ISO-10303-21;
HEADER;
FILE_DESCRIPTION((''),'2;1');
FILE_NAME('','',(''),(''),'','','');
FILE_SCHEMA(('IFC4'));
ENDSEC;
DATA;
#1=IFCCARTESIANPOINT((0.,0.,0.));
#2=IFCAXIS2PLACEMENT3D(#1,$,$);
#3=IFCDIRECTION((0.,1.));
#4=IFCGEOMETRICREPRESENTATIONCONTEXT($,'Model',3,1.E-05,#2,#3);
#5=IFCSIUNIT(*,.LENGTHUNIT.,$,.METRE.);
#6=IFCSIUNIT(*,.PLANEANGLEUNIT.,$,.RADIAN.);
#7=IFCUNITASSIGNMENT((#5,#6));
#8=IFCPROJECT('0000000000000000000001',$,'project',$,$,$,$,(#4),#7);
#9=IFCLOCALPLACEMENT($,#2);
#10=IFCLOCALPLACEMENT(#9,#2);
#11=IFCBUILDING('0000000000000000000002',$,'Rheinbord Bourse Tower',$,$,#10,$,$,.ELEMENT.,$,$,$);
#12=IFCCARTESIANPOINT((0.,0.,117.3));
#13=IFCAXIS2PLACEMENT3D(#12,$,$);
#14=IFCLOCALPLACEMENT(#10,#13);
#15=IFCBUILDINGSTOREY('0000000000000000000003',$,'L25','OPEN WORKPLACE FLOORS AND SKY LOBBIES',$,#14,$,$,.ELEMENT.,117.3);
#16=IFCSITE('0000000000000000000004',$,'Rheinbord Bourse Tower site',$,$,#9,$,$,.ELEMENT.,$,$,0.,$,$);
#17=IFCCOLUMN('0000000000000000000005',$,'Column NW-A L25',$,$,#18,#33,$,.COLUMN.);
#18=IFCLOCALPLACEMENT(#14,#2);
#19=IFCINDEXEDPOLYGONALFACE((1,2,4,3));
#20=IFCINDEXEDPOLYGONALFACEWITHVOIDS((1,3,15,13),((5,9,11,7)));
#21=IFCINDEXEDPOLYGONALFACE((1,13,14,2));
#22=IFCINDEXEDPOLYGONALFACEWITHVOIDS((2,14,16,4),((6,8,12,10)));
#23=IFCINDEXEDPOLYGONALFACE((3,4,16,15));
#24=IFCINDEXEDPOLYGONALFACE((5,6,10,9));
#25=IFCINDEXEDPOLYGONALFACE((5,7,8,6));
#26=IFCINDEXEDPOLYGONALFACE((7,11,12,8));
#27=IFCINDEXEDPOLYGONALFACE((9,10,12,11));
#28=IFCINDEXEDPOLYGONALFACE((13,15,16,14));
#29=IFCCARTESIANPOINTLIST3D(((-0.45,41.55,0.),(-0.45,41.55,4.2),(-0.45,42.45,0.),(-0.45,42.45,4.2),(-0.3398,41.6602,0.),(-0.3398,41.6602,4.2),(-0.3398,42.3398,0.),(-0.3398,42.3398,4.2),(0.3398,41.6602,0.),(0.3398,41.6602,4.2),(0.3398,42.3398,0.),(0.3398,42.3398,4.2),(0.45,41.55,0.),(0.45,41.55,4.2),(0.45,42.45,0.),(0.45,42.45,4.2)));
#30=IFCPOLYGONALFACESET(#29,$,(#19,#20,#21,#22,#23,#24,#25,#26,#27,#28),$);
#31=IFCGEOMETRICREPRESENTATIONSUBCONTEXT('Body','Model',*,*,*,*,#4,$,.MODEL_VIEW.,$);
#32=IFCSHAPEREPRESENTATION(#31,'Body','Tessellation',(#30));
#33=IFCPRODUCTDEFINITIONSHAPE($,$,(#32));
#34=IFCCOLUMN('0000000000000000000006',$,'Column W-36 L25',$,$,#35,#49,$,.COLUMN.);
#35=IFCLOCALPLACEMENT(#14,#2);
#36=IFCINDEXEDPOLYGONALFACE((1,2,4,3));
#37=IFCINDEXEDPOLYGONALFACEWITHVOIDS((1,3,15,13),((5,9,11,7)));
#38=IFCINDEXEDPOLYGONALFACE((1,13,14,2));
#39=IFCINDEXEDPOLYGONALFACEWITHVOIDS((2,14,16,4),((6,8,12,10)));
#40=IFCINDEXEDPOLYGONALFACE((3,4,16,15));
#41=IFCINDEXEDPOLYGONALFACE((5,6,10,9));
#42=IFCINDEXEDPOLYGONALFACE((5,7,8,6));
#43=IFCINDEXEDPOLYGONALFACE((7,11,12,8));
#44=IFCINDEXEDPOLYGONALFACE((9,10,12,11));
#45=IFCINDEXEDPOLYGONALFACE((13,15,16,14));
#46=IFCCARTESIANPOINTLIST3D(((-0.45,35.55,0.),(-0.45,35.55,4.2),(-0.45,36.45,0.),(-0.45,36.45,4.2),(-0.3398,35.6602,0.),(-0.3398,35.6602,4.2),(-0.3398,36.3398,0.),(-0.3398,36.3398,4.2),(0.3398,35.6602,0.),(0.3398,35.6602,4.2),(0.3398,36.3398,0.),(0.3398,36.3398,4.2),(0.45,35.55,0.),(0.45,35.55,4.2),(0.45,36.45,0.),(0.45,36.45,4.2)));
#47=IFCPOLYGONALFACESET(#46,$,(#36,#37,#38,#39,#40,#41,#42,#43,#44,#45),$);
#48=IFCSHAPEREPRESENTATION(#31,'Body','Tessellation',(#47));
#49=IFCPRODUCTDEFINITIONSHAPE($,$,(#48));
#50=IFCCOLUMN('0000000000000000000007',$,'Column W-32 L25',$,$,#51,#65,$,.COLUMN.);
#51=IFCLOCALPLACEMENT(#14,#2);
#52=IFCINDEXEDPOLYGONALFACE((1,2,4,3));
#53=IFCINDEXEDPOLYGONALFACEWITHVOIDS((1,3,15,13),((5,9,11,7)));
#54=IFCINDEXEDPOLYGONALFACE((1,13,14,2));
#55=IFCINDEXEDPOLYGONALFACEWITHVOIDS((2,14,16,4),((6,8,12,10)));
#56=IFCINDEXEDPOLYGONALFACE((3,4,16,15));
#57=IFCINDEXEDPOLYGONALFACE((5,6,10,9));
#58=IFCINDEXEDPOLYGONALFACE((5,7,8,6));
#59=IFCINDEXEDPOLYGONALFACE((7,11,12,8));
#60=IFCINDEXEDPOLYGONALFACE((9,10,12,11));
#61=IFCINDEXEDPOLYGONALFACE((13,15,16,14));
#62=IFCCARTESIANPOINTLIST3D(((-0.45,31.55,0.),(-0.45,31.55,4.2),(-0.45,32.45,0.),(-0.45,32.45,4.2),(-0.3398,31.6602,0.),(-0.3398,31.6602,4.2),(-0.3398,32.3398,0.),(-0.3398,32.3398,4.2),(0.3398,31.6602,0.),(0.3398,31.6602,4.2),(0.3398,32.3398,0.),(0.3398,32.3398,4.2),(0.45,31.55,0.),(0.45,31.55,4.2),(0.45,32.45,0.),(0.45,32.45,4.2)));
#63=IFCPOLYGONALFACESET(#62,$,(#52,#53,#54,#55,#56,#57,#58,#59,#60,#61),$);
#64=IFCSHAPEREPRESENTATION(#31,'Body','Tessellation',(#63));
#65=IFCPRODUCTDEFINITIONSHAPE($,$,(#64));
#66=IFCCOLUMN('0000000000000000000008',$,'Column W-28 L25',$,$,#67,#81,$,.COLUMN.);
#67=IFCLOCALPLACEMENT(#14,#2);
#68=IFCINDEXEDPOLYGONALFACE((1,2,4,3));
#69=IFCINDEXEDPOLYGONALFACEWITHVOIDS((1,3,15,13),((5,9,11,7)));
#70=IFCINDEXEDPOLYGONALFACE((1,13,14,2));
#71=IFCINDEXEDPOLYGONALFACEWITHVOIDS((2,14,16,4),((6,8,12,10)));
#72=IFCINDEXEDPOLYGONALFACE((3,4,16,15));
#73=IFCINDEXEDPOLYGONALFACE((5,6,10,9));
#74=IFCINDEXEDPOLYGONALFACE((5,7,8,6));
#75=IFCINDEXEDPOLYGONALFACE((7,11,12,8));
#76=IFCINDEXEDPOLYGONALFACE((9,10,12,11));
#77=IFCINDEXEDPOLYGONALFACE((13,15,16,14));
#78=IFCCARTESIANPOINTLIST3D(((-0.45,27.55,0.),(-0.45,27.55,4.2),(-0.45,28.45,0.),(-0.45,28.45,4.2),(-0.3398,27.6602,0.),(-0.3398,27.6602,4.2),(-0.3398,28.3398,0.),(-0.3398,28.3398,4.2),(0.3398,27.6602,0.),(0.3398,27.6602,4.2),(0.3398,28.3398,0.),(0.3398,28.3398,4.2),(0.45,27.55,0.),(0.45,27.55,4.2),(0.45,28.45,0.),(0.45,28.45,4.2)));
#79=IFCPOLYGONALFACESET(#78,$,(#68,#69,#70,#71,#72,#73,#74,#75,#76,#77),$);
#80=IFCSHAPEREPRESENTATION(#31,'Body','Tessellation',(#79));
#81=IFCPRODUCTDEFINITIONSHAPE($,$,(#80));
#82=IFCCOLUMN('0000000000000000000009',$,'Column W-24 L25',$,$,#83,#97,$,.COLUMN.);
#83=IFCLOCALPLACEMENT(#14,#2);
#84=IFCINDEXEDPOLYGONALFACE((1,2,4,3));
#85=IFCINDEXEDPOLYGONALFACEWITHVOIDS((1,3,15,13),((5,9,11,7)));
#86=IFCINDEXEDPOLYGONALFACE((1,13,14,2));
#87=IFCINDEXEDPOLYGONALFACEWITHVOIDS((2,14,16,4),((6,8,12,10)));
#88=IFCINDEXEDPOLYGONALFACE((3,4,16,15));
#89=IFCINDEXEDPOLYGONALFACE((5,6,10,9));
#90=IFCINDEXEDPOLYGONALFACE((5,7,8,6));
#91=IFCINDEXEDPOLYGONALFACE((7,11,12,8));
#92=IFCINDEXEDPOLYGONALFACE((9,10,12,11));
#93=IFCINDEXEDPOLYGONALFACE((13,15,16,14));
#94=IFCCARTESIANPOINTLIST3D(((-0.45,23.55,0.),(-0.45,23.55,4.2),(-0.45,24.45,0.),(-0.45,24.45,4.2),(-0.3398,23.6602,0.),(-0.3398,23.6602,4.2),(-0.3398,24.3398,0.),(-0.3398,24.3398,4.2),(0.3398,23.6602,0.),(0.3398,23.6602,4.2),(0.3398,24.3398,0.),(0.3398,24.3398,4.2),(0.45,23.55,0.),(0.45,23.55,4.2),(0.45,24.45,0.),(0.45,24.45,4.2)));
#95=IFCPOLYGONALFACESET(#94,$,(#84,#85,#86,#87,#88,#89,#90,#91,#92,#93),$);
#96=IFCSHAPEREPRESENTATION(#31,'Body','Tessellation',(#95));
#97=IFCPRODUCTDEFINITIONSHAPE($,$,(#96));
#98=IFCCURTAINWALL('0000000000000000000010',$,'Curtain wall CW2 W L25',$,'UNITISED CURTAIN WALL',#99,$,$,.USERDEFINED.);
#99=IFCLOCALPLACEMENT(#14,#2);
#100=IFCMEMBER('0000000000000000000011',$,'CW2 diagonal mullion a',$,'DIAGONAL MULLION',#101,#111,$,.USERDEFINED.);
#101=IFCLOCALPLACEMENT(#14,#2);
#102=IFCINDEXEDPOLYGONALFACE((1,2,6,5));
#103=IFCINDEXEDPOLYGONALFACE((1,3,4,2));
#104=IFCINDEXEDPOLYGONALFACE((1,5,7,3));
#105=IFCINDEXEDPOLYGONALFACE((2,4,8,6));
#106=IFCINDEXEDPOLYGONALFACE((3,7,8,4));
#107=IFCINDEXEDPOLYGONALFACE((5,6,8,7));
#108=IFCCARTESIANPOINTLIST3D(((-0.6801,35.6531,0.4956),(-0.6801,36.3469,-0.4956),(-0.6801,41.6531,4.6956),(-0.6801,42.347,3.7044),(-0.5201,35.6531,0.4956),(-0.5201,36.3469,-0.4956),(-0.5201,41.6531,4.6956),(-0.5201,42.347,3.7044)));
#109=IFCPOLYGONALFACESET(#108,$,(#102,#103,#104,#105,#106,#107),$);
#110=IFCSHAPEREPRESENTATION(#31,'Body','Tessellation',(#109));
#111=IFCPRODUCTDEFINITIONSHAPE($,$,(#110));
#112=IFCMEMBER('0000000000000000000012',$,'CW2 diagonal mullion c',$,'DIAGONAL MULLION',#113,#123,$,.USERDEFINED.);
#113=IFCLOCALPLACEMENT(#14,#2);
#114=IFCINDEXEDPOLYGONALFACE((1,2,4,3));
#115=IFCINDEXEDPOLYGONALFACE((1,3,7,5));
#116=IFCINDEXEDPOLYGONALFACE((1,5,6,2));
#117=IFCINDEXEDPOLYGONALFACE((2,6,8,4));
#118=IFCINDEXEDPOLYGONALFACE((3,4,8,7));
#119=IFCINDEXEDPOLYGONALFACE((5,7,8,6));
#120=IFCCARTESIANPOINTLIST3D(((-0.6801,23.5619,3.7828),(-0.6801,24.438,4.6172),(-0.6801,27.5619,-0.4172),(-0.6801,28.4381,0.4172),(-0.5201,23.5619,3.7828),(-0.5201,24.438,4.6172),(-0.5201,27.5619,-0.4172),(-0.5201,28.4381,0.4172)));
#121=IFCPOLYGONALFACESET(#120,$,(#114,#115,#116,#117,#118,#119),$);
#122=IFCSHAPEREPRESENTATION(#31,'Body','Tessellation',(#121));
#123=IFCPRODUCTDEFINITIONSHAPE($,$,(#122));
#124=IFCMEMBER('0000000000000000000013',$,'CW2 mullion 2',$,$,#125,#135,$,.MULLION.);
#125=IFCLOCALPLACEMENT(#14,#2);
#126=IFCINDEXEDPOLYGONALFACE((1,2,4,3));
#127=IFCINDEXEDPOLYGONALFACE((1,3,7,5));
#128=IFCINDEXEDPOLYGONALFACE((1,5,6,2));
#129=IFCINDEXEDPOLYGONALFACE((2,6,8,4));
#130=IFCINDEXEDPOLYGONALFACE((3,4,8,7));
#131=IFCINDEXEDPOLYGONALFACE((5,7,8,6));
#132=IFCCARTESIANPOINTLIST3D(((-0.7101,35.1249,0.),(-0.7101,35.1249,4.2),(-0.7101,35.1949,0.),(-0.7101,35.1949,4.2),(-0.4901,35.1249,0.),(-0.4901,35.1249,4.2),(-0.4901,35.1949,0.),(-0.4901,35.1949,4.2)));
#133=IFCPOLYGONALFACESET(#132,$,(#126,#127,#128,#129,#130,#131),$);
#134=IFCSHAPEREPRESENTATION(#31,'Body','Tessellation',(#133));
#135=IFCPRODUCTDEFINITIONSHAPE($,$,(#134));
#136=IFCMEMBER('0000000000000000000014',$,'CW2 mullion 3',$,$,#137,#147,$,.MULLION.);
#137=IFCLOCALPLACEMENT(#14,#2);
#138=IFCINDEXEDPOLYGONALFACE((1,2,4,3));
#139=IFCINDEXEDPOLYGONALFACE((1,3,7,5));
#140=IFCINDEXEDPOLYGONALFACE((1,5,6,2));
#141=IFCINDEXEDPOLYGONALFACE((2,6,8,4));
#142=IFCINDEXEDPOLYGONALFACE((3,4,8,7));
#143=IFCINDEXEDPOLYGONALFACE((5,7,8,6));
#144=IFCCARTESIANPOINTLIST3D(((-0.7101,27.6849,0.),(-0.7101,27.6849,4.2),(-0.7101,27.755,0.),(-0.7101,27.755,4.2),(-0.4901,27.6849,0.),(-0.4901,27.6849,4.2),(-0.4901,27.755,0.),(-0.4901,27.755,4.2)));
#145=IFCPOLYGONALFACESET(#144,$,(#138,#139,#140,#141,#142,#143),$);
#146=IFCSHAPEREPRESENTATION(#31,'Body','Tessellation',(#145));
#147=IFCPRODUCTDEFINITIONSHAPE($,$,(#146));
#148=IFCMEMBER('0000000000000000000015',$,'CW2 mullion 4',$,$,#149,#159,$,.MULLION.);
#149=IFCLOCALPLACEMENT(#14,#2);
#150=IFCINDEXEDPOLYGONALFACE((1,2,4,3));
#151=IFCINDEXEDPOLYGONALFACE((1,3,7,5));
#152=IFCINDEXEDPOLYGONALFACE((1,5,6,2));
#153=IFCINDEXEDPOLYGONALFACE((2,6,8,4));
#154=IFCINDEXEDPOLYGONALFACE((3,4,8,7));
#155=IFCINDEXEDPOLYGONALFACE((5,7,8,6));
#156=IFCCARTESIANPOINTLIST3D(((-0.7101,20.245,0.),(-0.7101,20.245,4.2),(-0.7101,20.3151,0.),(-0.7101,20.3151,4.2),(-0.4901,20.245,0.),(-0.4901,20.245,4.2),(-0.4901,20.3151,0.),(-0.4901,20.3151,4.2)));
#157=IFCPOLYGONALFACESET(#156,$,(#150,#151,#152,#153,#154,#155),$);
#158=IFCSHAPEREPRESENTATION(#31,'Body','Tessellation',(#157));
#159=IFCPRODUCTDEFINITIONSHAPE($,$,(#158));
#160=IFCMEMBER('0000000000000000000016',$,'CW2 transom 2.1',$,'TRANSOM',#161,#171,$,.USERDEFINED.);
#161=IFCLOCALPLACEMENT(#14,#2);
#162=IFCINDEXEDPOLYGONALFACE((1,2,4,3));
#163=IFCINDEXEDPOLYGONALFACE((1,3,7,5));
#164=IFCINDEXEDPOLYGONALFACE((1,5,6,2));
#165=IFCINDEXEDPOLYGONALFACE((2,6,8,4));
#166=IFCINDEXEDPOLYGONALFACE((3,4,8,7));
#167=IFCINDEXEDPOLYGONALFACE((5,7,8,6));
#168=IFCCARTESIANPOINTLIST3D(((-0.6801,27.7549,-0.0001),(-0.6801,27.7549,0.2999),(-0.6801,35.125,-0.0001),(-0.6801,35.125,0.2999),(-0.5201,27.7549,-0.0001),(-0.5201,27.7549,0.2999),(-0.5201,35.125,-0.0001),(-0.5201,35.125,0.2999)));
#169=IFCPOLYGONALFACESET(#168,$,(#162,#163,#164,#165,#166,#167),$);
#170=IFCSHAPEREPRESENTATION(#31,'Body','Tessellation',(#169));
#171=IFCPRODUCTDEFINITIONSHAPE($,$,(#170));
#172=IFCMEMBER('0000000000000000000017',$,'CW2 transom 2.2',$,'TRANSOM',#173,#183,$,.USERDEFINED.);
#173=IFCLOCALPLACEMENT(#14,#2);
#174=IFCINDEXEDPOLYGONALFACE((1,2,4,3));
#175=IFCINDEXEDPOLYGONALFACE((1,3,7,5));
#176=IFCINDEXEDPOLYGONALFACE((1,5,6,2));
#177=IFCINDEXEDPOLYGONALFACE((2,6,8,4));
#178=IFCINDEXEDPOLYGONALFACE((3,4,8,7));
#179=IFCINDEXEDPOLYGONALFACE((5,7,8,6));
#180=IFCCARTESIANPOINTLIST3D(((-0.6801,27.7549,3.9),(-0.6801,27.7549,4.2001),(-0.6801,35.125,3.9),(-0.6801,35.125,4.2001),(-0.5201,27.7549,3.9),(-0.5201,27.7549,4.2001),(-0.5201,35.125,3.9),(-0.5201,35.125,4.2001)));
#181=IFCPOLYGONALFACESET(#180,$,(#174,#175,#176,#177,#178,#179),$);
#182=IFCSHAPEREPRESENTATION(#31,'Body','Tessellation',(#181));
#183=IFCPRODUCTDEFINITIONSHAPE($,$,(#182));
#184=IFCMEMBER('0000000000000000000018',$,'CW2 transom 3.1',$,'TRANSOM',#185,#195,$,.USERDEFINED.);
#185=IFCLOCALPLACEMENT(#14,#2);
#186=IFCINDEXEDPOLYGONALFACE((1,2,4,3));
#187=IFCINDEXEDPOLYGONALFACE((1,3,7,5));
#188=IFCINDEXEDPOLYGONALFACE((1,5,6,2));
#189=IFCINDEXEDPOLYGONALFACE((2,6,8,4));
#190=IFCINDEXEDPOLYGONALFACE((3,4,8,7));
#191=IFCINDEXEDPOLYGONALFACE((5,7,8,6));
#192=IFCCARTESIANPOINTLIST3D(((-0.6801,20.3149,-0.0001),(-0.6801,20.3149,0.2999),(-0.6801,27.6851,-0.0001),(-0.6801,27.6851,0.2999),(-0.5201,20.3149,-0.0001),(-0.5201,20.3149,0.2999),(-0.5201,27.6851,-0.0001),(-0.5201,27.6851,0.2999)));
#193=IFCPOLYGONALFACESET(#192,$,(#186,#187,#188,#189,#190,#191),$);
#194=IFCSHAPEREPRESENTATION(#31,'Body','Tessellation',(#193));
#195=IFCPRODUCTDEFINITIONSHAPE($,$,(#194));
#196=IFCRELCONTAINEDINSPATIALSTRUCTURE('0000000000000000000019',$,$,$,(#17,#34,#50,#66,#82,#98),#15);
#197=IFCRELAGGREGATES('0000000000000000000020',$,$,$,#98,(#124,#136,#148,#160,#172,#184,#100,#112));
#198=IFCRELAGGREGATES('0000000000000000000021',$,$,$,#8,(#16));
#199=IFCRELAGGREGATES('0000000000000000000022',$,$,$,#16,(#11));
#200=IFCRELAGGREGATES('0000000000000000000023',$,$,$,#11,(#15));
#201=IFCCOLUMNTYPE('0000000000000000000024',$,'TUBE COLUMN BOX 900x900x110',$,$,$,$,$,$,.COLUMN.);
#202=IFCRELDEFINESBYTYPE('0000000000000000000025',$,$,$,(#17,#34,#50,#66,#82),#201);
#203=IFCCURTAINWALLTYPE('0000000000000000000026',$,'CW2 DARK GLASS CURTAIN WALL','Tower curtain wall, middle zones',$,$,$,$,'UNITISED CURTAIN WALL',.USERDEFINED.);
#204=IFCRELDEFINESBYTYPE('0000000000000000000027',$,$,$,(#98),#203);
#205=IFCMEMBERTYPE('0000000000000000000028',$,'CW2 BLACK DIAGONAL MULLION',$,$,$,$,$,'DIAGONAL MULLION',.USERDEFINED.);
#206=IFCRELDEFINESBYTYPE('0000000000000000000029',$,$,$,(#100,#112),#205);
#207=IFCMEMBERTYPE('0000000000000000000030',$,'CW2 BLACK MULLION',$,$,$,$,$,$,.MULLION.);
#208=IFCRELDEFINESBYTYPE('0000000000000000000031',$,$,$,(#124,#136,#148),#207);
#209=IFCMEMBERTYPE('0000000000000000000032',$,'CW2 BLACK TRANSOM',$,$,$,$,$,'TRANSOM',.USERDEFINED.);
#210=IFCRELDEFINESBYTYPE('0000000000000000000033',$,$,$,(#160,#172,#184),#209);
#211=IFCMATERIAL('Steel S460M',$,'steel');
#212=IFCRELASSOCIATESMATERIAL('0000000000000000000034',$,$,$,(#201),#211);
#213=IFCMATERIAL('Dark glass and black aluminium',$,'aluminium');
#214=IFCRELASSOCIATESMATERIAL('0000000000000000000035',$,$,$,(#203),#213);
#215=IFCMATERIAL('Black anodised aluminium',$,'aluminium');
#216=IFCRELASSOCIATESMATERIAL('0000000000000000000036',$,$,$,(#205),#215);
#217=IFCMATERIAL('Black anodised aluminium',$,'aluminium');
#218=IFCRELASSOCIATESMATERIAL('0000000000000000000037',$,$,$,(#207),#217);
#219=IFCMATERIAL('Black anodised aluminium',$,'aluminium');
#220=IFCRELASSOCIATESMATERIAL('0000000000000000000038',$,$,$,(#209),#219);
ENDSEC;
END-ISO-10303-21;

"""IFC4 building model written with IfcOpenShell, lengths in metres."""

from ifc_helpers import new_model, si_unit, direction, frame, origin, origin_2d, place, context, subcontext, project, spatial, rectangle, hollow_rectangle, extrude, material, material_profile, profile_set, type_object, element, aggregate, save


model = new_model("IFC4")

# Units and contexts
model_context = context("Model", 3, precision=1e-05, world=origin(), true_north=direction((0.0, 1.0)))
body_context = subcontext(model_context, "Body", "Model", "MODEL_VIEW")
ifc_project = project(units=[si_unit("LENGTHUNIT", "METRE"), si_unit("PLANEANGLEUNIT", "RADIAN")], contexts=[model_context])

# Site, building, storey
site_placement = place(None, origin())
site = spatial("IfcSite", under=ifc_project, at=site_placement, Name="Rheinbord Bourse Tower site", CompositionType="ELEMENT", RefElevation=0.0)
building_placement = place(site_placement, origin())
building = spatial("IfcBuilding", under=site, at=building_placement, Name="Rheinbord Bourse Tower", CompositionType="ELEMENT")
storey_placement = place(building_placement, frame((0.0, 0.0, 117.3)))
storey = spatial("IfcBuildingStorey", under=building, at=storey_placement, Name="L25", Description="OPEN WORKPLACE FLOORS AND SKY LOBBIES", CompositionType="ELEMENT", Elevation=117.3)

# Columns
ifc_material_1 = material(Name="Steel S460M", Category="steel")
ifc_material_profile_1 = material_profile(ifc_material_1, hollow_rectangle(XDim=0.8999, YDim=0.8999, WallThickness=0.1101, at=origin_2d()), Name="BOX 900x900x110")
ifc_profile_set_1 = profile_set([ifc_material_profile_1], Name="Steel S460M")
column_type = type_object("IfcColumnType", Name="TUBE COLUMN BOX 900x900x110", PredefinedType="COLUMN", material=ifc_profile_set_1)
for number, where, z_axis, x_axis, name in (
    (1, (0.0, 42.0, 0.0), (0.0, 0.0, 1.0), (1.0, 0.0, 0.0), "Column NW-A L25"),
    (2, (0.0, 36.0, 0.0), (0.0, 0.0, 1.0), (1.0, 0.0, 0.0), "Column W-36 L25"),
    (3, (0.0, 32.0, 0.0), (0.0, 0.0, 1.0), (1.0, 0.0, 0.0), "Column W-32 L25"),
    (4, (0.0, 28.0, 0.0), (0.0, 0.0, 1.0), (1.0, 0.0, 0.0), "Column W-28 L25"),
    (5, (0.0, 24.0, 0.0), (0.0, 0.0, 1.0), (1.0, 0.0, 0.0), "Column W-24 L25"),
):
    element("IfcColumn", number, at=place(storey_placement, frame(where, z_axis=z_axis, x_axis=x_axis)), inside=storey, type_object=column_type, Name=name, PredefinedType="COLUMN", context=body_context, shape_type="SweptSolid", body=[
        extrude(hollow_rectangle(XDim=0.8999, YDim=0.8999, WallThickness=0.1101, at=origin_2d()), origin(), (0.0, 0.0, 1.0), 4.2),
    ])

# Curtain wall, members
ifc_material_2 = material(Name="Dark glass and black aluminium", Category="aluminium")
curtain_wall_type = type_object("IfcCurtainWallType", Name="CW2 DARK GLASS CURTAIN WALL", Description="Tower curtain wall, middle zones", ElementType="UNITISED CURTAIN WALL", PredefinedType="USERDEFINED", material=ifc_material_2)
curtain_wall_placement = place(storey_placement, origin())
curtain_wall = element("IfcCurtainWall", 6, at=curtain_wall_placement, inside=storey, type_object=curtain_wall_type, Name="Curtain wall CW2 W L25", ObjectType="UNITISED CURTAIN WALL", PredefinedType="USERDEFINED")
ifc_material_3 = material(Name="Black anodised aluminium", Category="aluminium")
ifc_material_profile_2 = material_profile(ifc_material_3, rectangle(XDim=0.1599, YDim=1.21, at=origin_2d()), Name="CW2 DIAGONAL MULLION 1210x160")
ifc_profile_set_2 = profile_set([ifc_material_profile_2], Name="Black anodised aluminium")
member_type_1 = type_object("IfcMemberType", Name="CW2 BLACK DIAGONAL MULLION", ElementType="DIAGONAL MULLION", PredefinedType="USERDEFINED", material=ifc_profile_set_2)
member_1_placement = place(storey_placement, frame((-0.6001, 36.0, 0.0), z_axis=(0.0, 0.819235, 0.573458), x_axis=(-1.0, 0.0, 0.0)))
member_1 = element("IfcMember", 7, at=member_1_placement, type_object=member_type_1, Name="CW2 diagonal mullion a", ObjectType="DIAGONAL MULLION", PredefinedType="USERDEFINED", context=body_context, shape_type="SweptSolid", body=[
    extrude(rectangle(XDim=0.1599, YDim=1.21, at=origin_2d()), origin(), (0.0, 0.0, 1.0), 7.324),
])
member_2_placement = place(storey_placement, frame((-0.6001, 28.0, 0.0), z_axis=(0.0, -0.689659, 0.724134), x_axis=(1.0, 0.0, 0.0)))
member_2 = element("IfcMember", 8, at=member_2_placement, type_object=member_type_1, Name="CW2 diagonal mullion c", ObjectType="DIAGONAL MULLION", PredefinedType="USERDEFINED", context=body_context, shape_type="SweptSolid", body=[
    extrude(rectangle(XDim=0.1599, YDim=1.21, at=origin_2d()), origin(), (0.0, 0.0, 1.0), 5.8),
])
ifc_material_4 = material(Name="Black anodised aluminium", Category="aluminium")
ifc_material_profile_3 = material_profile(ifc_material_4, rectangle(XDim=0.22, YDim=0.0701, at=origin_2d()), Name="CW2 MULLION 70x220")
ifc_profile_set_3 = profile_set([ifc_material_profile_3], Name="Black anodised aluminium")
member_type_2 = type_object("IfcMemberType", Name="CW2 BLACK MULLION", PredefinedType="MULLION", material=ifc_profile_set_3)
member_3_placement = place(storey_placement, frame((-0.6001, 35.1599, 0.0), z_axis=(0.0, 0.0, 1.0), x_axis=(1.0, 0.0, 0.0)))
member_3 = element("IfcMember", 9, at=member_3_placement, type_object=member_type_2, Name="CW2 mullion 2", PredefinedType="MULLION", context=body_context, shape_type="SweptSolid", body=[
    extrude(rectangle(XDim=0.22, YDim=0.0701, at=origin_2d()), origin(), (0.0, 0.0, 1.0), 4.2),
])
member_4_placement = place(storey_placement, frame((-0.6001, 27.72, 0.0), z_axis=(0.0, 0.0, 1.0), x_axis=(1.0, 0.0, 0.0)))
member_4 = element("IfcMember", 10, at=member_4_placement, type_object=member_type_2, Name="CW2 mullion 3", PredefinedType="MULLION", context=body_context, shape_type="SweptSolid", body=[
    extrude(rectangle(XDim=0.22, YDim=0.0701, at=origin_2d()), origin(), (0.0, 0.0, 1.0), 4.2),
])
member_5_placement = place(storey_placement, frame((-0.6001, 20.28, 0.0), z_axis=(0.0, 0.0, 1.0), x_axis=(1.0, 0.0, 0.0)))
member_5 = element("IfcMember", 11, at=member_5_placement, type_object=member_type_2, Name="CW2 mullion 4", PredefinedType="MULLION", context=body_context, shape_type="SweptSolid", body=[
    extrude(rectangle(XDim=0.22, YDim=0.0701, at=origin_2d()), origin(), (0.0, 0.0, 1.0), 4.2),
])
ifc_material_5 = material(Name="Black anodised aluminium", Category="aluminium")
ifc_material_profile_4 = material_profile(ifc_material_5, rectangle(XDim=0.1599, YDim=0.3, at=origin_2d()), Name="CW2 TRANSOM 300x160")
ifc_profile_set_4 = profile_set([ifc_material_profile_4], Name="Black anodised aluminium")
member_type_3 = type_object("IfcMemberType", Name="CW2 BLACK TRANSOM", ElementType="TRANSOM", PredefinedType="USERDEFINED", material=ifc_profile_set_4)
member_6_placement = place(storey_placement, frame((-0.6001, 35.125, 0.1499), z_axis=(0.0, -1.0, 0.0), x_axis=(1.0, 0.0, 0.0)))
member_6 = element("IfcMember", 12, at=member_6_placement, type_object=member_type_3, Name="CW2 transom 2.1", ObjectType="TRANSOM", PredefinedType="USERDEFINED", context=body_context, shape_type="SweptSolid", body=[
    extrude(rectangle(XDim=0.1599, YDim=0.3, at=origin_2d()), origin(), (0.0, 0.0, 1.0), 7.3701),
])
member_7_placement = place(storey_placement, frame((-0.6001, 35.125, 4.05), z_axis=(0.0, -1.0, 0.0), x_axis=(1.0, 0.0, 0.0)))
member_7 = element("IfcMember", 13, at=member_7_placement, type_object=member_type_3, Name="CW2 transom 2.2", ObjectType="TRANSOM", PredefinedType="USERDEFINED", context=body_context, shape_type="SweptSolid", body=[
    extrude(rectangle(XDim=0.1599, YDim=0.3, at=origin_2d()), origin(), (0.0, 0.0, 1.0), 7.3701),
])
member_8_placement = place(storey_placement, frame((-0.6001, 27.6851, 0.1499), z_axis=(0.0, -1.0, 0.0), x_axis=(1.0, 0.0, 0.0)))
member_8 = element("IfcMember", 14, at=member_8_placement, type_object=member_type_3, Name="CW2 transom 3.1", ObjectType="TRANSOM", PredefinedType="USERDEFINED", context=body_context, shape_type="SweptSolid", body=[
    extrude(rectangle(XDim=0.1599, YDim=0.3, at=origin_2d()), origin(), (0.0, 0.0, 1.0), 7.3701),
])

aggregate(curtain_wall, [member_3, member_4, member_5, member_6, member_7, member_8, member_1, member_2])

save(model, "model.ifc")
